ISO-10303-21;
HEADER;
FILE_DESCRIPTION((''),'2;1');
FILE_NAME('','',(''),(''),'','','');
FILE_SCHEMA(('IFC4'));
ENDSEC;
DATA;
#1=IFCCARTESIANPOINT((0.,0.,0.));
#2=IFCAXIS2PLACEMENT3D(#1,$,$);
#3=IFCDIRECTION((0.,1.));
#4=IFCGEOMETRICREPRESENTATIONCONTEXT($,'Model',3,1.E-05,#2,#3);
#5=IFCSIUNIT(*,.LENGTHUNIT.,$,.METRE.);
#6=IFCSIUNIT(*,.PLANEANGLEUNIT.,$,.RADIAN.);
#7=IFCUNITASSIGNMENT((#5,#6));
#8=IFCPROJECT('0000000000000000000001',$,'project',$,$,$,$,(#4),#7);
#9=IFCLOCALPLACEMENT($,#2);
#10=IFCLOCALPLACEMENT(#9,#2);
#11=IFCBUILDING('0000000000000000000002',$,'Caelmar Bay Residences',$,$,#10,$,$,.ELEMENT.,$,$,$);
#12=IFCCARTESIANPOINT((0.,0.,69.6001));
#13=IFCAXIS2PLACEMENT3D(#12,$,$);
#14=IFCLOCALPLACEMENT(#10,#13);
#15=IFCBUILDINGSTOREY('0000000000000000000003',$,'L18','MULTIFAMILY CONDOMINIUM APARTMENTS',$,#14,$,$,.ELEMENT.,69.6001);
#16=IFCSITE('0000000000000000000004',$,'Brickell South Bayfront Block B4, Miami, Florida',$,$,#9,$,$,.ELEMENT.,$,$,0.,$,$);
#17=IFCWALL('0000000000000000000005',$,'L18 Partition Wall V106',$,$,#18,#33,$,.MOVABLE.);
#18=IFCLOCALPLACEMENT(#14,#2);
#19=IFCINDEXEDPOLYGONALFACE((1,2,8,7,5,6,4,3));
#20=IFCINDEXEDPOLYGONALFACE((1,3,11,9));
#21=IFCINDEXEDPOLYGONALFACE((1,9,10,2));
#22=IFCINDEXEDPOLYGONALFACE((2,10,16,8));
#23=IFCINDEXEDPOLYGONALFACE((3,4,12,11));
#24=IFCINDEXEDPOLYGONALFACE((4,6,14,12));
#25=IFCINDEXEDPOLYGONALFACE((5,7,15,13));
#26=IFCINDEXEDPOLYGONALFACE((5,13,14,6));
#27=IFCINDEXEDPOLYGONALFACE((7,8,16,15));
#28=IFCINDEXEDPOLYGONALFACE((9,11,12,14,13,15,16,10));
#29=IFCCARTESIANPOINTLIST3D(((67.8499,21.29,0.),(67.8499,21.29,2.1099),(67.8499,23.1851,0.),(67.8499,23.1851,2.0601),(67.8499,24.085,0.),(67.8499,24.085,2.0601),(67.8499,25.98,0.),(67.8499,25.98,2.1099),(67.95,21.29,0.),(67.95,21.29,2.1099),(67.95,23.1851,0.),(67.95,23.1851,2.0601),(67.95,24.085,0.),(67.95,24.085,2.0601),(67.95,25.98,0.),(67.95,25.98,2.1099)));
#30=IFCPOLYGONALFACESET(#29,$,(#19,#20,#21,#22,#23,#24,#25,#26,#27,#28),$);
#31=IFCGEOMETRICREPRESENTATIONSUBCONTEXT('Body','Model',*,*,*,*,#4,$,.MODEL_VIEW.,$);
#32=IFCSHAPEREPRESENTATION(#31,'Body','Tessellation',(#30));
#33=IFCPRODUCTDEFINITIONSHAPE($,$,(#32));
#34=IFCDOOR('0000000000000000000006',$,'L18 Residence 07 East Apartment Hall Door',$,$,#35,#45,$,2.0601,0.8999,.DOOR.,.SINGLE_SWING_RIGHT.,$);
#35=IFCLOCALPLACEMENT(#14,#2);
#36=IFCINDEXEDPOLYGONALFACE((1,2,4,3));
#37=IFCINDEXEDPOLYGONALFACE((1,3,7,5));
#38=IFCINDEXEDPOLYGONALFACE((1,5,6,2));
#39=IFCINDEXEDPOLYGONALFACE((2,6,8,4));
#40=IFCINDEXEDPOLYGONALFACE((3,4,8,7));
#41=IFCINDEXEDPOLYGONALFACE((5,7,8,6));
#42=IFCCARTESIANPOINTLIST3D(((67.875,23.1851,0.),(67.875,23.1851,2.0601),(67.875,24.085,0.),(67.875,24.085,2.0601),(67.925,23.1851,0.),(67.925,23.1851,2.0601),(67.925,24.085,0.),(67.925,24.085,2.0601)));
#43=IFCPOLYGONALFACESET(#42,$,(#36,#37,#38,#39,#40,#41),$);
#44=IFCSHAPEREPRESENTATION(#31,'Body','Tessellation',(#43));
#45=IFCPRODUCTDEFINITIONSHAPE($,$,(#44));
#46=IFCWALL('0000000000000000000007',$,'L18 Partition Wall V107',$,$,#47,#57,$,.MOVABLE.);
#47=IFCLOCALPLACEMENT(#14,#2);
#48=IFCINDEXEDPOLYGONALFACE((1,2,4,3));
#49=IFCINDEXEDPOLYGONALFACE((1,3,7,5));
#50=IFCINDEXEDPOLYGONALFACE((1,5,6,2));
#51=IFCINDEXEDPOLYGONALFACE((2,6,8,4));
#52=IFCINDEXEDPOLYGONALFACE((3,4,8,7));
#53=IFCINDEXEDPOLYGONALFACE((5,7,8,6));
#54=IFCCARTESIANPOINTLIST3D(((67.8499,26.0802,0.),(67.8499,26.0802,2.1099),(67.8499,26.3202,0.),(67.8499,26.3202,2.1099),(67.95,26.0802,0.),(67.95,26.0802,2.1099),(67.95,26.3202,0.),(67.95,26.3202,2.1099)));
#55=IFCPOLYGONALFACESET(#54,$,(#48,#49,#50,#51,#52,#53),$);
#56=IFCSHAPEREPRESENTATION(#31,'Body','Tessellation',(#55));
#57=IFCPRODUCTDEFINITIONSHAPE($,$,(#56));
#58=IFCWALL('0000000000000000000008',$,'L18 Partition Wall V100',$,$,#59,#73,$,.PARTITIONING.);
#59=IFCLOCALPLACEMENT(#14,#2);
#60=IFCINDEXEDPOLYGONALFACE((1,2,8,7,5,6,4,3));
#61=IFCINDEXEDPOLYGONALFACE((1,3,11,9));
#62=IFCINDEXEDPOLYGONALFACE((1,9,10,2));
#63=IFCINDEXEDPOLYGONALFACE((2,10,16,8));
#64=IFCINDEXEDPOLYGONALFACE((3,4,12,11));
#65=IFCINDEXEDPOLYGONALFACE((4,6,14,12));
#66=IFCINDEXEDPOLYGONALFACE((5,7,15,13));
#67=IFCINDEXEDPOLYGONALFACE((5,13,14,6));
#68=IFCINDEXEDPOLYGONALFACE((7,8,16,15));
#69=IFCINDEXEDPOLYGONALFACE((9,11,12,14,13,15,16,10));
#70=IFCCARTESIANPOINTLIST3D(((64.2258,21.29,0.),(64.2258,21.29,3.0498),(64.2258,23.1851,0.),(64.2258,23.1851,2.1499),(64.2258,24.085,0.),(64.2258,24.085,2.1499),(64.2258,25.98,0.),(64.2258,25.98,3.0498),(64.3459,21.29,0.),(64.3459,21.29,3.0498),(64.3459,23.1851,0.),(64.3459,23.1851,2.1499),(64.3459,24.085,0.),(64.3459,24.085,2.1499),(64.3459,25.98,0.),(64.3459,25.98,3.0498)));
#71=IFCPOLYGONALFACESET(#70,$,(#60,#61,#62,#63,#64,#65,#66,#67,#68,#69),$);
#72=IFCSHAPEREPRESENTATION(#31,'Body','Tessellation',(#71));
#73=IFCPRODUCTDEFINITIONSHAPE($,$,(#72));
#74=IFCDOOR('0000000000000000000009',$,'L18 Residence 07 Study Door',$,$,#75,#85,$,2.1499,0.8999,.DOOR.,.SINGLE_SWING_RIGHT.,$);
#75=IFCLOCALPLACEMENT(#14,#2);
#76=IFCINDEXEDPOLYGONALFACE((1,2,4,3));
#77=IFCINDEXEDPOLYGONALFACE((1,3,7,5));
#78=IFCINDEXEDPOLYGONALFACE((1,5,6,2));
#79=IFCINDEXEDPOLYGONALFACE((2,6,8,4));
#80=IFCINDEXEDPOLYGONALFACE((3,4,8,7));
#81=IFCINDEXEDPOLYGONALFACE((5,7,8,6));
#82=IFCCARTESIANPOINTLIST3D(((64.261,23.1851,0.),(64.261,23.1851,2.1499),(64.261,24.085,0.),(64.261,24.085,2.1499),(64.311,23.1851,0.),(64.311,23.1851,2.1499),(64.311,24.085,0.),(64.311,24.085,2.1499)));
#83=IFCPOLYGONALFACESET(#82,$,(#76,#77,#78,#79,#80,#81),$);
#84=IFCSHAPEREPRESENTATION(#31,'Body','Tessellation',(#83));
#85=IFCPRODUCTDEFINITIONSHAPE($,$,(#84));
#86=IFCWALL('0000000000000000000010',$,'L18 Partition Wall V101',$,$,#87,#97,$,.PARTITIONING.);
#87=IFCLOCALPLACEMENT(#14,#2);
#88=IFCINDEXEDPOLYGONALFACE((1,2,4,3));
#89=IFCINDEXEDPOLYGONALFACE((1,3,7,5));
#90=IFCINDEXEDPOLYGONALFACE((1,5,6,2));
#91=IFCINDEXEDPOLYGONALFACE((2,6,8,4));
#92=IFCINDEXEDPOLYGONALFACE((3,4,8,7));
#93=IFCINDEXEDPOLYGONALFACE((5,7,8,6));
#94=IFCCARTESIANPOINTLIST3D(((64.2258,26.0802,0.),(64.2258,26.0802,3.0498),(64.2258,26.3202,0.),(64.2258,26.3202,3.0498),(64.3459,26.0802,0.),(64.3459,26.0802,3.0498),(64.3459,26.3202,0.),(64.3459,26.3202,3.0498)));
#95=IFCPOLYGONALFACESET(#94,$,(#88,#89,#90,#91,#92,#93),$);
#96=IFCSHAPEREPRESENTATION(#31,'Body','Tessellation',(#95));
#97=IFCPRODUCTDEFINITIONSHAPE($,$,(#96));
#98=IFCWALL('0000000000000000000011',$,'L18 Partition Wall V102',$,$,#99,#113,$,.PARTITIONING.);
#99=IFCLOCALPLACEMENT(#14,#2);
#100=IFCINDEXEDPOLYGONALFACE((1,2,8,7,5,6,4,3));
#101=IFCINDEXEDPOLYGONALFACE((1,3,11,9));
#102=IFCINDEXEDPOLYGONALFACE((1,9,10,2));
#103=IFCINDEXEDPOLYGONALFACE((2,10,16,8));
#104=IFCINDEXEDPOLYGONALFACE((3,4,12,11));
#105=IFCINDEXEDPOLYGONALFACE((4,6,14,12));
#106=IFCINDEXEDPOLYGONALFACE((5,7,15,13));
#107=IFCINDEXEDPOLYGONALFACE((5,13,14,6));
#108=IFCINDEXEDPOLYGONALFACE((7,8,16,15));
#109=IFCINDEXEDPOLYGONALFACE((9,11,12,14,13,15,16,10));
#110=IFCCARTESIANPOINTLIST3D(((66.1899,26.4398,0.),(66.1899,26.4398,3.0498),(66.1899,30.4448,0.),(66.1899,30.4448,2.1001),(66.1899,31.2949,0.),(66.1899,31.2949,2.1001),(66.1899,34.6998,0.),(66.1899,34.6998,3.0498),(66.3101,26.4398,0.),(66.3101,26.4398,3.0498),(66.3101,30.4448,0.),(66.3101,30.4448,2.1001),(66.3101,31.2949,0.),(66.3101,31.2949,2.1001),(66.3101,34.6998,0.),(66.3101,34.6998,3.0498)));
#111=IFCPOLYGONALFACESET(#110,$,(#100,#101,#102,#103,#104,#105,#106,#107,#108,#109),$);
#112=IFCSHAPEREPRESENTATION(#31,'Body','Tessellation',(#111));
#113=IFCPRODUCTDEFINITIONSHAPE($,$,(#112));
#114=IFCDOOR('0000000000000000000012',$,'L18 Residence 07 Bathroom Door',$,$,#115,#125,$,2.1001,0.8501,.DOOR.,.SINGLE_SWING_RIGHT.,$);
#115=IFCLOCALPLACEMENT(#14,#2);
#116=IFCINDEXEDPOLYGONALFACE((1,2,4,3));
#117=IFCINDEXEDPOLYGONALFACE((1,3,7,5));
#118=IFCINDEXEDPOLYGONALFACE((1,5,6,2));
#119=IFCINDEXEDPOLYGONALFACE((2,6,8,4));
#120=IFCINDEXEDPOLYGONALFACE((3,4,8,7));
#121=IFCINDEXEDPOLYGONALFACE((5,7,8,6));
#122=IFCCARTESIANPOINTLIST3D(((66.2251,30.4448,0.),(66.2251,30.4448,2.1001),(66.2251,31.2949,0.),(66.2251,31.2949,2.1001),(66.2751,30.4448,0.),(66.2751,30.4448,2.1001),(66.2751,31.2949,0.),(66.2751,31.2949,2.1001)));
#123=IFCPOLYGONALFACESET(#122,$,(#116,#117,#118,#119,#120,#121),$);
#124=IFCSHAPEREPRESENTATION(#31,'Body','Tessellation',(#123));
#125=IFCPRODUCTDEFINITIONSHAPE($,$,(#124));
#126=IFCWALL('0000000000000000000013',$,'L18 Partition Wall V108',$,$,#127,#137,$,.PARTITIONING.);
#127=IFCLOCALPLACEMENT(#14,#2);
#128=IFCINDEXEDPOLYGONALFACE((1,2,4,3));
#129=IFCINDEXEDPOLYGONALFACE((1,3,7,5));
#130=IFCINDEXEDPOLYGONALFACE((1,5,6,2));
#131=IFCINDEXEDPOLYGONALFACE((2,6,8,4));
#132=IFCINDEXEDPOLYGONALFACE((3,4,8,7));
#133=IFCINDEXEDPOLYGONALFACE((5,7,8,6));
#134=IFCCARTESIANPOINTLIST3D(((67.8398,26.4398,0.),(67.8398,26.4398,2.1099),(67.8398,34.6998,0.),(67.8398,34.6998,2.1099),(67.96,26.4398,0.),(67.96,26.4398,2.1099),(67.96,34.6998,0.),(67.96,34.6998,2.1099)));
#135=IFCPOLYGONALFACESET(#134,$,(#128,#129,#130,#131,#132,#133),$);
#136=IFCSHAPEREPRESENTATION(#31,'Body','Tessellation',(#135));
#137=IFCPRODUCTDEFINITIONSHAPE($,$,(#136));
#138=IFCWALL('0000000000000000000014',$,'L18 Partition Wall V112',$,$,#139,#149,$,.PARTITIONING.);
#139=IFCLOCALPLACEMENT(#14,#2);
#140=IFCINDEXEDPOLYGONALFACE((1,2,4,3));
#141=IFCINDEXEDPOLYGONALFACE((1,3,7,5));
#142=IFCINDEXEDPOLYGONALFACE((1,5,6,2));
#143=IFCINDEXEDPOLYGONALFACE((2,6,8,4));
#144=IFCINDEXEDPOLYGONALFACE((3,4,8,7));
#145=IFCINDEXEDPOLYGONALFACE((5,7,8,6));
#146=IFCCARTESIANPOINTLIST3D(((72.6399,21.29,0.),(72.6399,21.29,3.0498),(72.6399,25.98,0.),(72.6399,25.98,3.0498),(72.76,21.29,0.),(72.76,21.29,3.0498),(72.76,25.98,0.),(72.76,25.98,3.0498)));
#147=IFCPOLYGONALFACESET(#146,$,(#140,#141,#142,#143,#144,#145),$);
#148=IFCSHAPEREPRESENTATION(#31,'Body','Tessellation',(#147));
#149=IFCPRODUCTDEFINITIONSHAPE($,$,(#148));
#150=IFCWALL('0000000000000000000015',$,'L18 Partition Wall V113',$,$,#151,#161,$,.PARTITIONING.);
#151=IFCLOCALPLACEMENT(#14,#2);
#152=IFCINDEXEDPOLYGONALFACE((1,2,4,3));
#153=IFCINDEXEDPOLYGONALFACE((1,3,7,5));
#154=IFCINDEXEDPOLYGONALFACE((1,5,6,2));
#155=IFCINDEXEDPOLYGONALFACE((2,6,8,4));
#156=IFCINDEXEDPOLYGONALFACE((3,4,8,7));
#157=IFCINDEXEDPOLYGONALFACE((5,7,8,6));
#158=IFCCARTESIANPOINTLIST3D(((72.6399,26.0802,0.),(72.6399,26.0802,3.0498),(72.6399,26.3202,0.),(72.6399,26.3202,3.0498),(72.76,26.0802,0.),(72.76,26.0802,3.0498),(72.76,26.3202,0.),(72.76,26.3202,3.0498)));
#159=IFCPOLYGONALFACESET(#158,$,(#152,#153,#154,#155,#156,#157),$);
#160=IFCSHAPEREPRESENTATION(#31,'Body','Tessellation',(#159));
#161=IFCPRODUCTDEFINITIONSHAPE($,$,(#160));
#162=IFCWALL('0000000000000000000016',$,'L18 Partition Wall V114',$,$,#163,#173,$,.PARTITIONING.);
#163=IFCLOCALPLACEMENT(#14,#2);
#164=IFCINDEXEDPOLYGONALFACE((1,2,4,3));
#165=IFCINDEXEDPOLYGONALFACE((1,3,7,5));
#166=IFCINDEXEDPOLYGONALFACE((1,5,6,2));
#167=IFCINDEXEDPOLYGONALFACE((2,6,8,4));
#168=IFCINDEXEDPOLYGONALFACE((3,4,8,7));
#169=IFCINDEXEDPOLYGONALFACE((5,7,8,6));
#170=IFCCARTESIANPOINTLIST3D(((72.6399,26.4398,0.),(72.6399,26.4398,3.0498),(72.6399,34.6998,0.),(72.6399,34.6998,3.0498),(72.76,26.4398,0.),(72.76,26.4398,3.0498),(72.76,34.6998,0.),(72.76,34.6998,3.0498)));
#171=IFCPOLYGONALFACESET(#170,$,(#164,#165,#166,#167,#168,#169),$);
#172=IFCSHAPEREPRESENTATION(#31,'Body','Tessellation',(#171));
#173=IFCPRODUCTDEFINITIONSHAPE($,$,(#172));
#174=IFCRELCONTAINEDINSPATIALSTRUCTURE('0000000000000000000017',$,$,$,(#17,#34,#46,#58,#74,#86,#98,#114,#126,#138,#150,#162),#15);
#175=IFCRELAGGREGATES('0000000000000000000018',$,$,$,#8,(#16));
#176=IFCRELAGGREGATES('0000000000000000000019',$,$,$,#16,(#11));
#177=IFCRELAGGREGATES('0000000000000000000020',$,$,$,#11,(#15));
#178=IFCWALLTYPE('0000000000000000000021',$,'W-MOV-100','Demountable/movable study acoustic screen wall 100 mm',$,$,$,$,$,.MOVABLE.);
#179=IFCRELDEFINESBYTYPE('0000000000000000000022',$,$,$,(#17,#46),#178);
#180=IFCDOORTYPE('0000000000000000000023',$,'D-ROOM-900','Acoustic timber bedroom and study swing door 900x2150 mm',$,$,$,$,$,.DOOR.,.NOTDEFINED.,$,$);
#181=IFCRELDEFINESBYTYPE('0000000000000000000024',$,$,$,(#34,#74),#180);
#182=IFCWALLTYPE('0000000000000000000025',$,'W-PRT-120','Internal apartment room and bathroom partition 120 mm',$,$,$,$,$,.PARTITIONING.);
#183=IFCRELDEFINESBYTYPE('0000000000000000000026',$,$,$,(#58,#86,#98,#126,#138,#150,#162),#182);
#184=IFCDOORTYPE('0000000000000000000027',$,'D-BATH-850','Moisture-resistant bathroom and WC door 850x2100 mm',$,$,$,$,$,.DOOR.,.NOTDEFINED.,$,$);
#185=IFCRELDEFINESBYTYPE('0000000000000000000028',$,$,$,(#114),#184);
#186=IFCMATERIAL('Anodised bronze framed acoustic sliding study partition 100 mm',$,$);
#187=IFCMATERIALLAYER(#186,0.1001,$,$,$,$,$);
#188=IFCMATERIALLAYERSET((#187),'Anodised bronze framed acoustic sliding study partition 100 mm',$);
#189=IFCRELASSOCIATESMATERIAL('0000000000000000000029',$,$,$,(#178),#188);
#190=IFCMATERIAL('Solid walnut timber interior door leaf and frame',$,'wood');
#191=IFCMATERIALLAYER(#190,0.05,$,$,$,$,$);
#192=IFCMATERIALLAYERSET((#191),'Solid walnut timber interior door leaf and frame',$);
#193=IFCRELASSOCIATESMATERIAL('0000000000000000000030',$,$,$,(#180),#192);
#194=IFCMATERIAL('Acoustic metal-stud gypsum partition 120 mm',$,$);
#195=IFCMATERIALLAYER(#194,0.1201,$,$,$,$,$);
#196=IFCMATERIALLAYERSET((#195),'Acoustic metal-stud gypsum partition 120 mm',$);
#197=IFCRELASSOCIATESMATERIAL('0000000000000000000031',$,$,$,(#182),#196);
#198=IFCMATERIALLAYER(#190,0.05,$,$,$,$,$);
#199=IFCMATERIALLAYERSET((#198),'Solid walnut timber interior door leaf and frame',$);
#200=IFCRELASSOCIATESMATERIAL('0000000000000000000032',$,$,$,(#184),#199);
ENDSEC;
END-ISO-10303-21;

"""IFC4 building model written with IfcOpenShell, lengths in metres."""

from ifc_helpers import new_model, si_unit, direction, frame, frame_2d, origin, place, context, subcontext, project, spatial, rectangle, extrude, material, layer, layer_set, type_object, element, fill, save


model = new_model("IFC4")

# Units and contexts
model_context = context("Model", 3, precision=1e-05, world=origin(), true_north=direction((0.0, 1.0)))
body_context = subcontext(model_context, "Body", "Model", "MODEL_VIEW")
ifc_project = project(units=[si_unit("LENGTHUNIT", "METRE"), si_unit("PLANEANGLEUNIT", "RADIAN")], contexts=[model_context])

# Site, building, storey
site_placement = place(None, origin())
site = spatial("IfcSite", under=ifc_project, at=site_placement, Name="Brickell South Bayfront Block B4, Miami, Florida", CompositionType="ELEMENT", RefElevation=0.0)
building_placement = place(site_placement, origin())
building = spatial("IfcBuilding", under=site, at=building_placement, Name="Caelmar Bay Residences", CompositionType="ELEMENT")
storey_placement = place(building_placement, frame((0.0, 0.0, 69.6001)))
storey = spatial("IfcBuildingStorey", under=building, at=storey_placement, Name="L18", Description="MULTIFAMILY CONDOMINIUM APARTMENTS", CompositionType="ELEMENT", Elevation=69.6001)

# Wall, opening, door
ifc_material_1 = material(Name="Anodised bronze framed acoustic sliding study partition 100 mm")
ifc_layer_1 = layer(ifc_material_1, 0.1001)
ifc_layer_set_1 = layer_set([ifc_layer_1], Name="Anodised bronze framed acoustic sliding study partition 100 mm")
wall_type_1 = type_object("IfcWallType", Name="W-MOV-100", Description="Demountable/movable study acoustic screen wall 100 mm", PredefinedType="MOVABLE", material=ifc_layer_set_1)
wall_1_placement = place(storey_placement, frame((67.8999, 21.29, 0.0), z_axis=(0.0, 0.0, 1.0), x_axis=(0.0, 1.0, 0.0)))
wall_1 = element("IfcWall", 1, at=wall_1_placement, inside=storey, type_object=wall_type_1, Name="L18 Partition Wall V106", PredefinedType="MOVABLE", context=body_context, shape_type="SweptSolid", body=[
    extrude(rectangle(XDim=4.6899, YDim=0.1001, at=frame_2d((2.345, 0.0))), origin(), (0.0, 0.0, 1.0), 2.1099),
])
opening_1_placement = place(wall_1_placement, frame((1.895, 0.0, 0.0)))
opening_1 = element("IfcOpeningElement", 2, at=opening_1_placement, cuts=wall_1, PredefinedType="OPENING", context=body_context, shape_type="SweptSolid", body=[
    extrude(rectangle(XDim=0.8999, YDim=2.0601, at=frame_2d((0.45, 1.03))), frame((0.0, 0.0601, 0.0), z_axis=(0.0, -1.0, 0.0), x_axis=(1.0, 0.0, 0.0)), (0.0, 0.0, 1.0), 0.1201),
])
ifc_material_2 = material(Name="Solid walnut timber interior door leaf and frame", Category="wood")
ifc_layer_2 = layer(ifc_material_2, 0.05)
ifc_layer_set_2 = layer_set([ifc_layer_2], Name="Solid walnut timber interior door leaf and frame")
door_type_1 = type_object("IfcDoorType", Name="D-ROOM-900", Description="Acoustic timber bedroom and study swing door 900x2150 mm", OperationType="NOTDEFINED", PredefinedType="DOOR", material=ifc_layer_set_2)
door_1_placement = place(opening_1_placement, origin())
door_1 = element("IfcDoor", 3, at=door_1_placement, inside=storey, type_object=door_type_1, Name="L18 Residence 07 East Apartment Hall Door", OperationType="SINGLE_SWING_RIGHT", OverallHeight=2.0601, OverallWidth=0.8999, PredefinedType="DOOR", context=body_context, shape_type="SweptSolid", body=[
    extrude(rectangle(XDim=0.8999, YDim=2.0601, at=frame_2d((0.45, 1.03))), frame((0.0, 0.0249, 0.0), z_axis=(0.0, -1.0, 0.0), x_axis=(1.0, 0.0, 0.0)), (0.0, 0.0, 1.0), 0.05),
])
fill(opening_1, door_1)

# Wall
wall_2_placement = place(storey_placement, frame((67.8999, 26.0801, 0.0), z_axis=(0.0, 0.0, 1.0), x_axis=(0.0, 1.0, 0.0)))
element("IfcWall", 4, at=wall_2_placement, inside=storey, type_object=wall_type_1, Name="L18 Partition Wall V107", PredefinedType="MOVABLE", context=body_context, shape_type="SweptSolid", body=[
    extrude(rectangle(XDim=0.24, YDim=0.1001, at=frame_2d((0.1201, 0.0))), origin(), (0.0, 0.0, 1.0), 2.1099),
])

# Wall, opening, door
ifc_material_3 = material(Name="Acoustic metal-stud gypsum partition 120 mm")
ifc_layer_3 = layer(ifc_material_3, 0.1201)
ifc_layer_set_3 = layer_set([ifc_layer_3], Name="Acoustic metal-stud gypsum partition 120 mm")
wall_type_2 = type_object("IfcWallType", Name="W-PRT-120", Description="Internal apartment room and bathroom partition 120 mm", PredefinedType="PARTITIONING", material=ifc_layer_set_3)
wall_3_placement = place(storey_placement, frame((64.2859, 21.29, 0.0), z_axis=(0.0, 0.0, 1.0), x_axis=(0.0, 1.0, 0.0)))
wall_3 = element("IfcWall", 5, at=wall_3_placement, inside=storey, type_object=wall_type_2, Name="L18 Partition Wall V100", PredefinedType="PARTITIONING", context=body_context, shape_type="SweptSolid", body=[
    extrude(rectangle(XDim=4.6899, YDim=0.1201, at=frame_2d((2.345, 0.0))), origin(), (0.0, 0.0, 1.0), 3.0498),
])
opening_2_placement = place(wall_3_placement, frame((1.895, 0.0, 0.0)))
opening_2 = element("IfcOpeningElement", 6, at=opening_2_placement, cuts=wall_3, PredefinedType="OPENING", context=body_context, shape_type="SweptSolid", body=[
    extrude(rectangle(XDim=0.8999, YDim=2.1499, at=frame_2d((0.45, 1.075))), frame((0.0, 0.0701, 0.0), z_axis=(0.0, -1.0, 0.0), x_axis=(1.0, 0.0, 0.0)), (0.0, 0.0, 1.0), 0.1401),
])
door_2_placement = place(opening_2_placement, origin())
door_2 = element("IfcDoor", 7, at=door_2_placement, inside=storey, type_object=door_type_1, Name="L18 Residence 07 Study Door", OperationType="SINGLE_SWING_RIGHT", OverallHeight=2.1499, OverallWidth=0.8999, PredefinedType="DOOR", context=body_context, shape_type="SweptSolid", body=[
    extrude(rectangle(XDim=0.8999, YDim=2.1499, at=frame_2d((0.45, 1.075))), frame((0.0, 0.0249, 0.0), z_axis=(0.0, -1.0, 0.0), x_axis=(1.0, 0.0, 0.0)), (0.0, 0.0, 1.0), 0.05),
])
fill(opening_2, door_2)

# Wall
wall_4_placement = place(storey_placement, frame((64.2859, 26.0801, 0.0), z_axis=(0.0, 0.0, 1.0), x_axis=(0.0, 1.0, 0.0)))
element("IfcWall", 8, at=wall_4_placement, inside=storey, type_object=wall_type_2, Name="L18 Partition Wall V101", PredefinedType="PARTITIONING", context=body_context, shape_type="SweptSolid", body=[
    extrude(rectangle(XDim=0.24, YDim=0.1201, at=frame_2d((0.1201, 0.0))), origin(), (0.0, 0.0, 1.0), 3.0498),
])

# Wall, opening, door
wall_5_placement = place(storey_placement, frame((66.25, 26.4399, 0.0), z_axis=(0.0, 0.0, 1.0), x_axis=(0.0, 1.0, 0.0)))
wall_5 = element("IfcWall", 9, at=wall_5_placement, inside=storey, type_object=wall_type_2, Name="L18 Partition Wall V102", PredefinedType="PARTITIONING", context=body_context, shape_type="SweptSolid", body=[
    extrude(rectangle(XDim=8.26, YDim=0.1201, at=frame_2d((4.1299, 0.0))), origin(), (0.0, 0.0, 1.0), 3.0498),
])
opening_3_placement = place(wall_5_placement, frame((4.0049, 0.0, 0.0)))
opening_3 = element("IfcOpeningElement", 10, at=opening_3_placement, cuts=wall_5, PredefinedType="OPENING", context=body_context, shape_type="SweptSolid", body=[
    extrude(rectangle(XDim=0.8501, YDim=2.1001, at=frame_2d((0.425, 1.05))), frame((0.0, 0.0701, 0.0), z_axis=(0.0, -1.0, 0.0), x_axis=(1.0, 0.0, 0.0)), (0.0, 0.0, 1.0), 0.1401),
])
ifc_layer_4 = layer(ifc_material_2, 0.05)
ifc_layer_set_4 = layer_set([ifc_layer_4], Name="Solid walnut timber interior door leaf and frame")
door_type_2 = type_object("IfcDoorType", Name="D-BATH-850", Description="Moisture-resistant bathroom and WC door 850x2100 mm", OperationType="NOTDEFINED", PredefinedType="DOOR", material=ifc_layer_set_4)
door_3_placement = place(opening_3_placement, origin())
door_3 = element("IfcDoor", 11, at=door_3_placement, inside=storey, type_object=door_type_2, Name="L18 Residence 07 Bathroom Door", OperationType="SINGLE_SWING_RIGHT", OverallHeight=2.1001, OverallWidth=0.8501, PredefinedType="DOOR", context=body_context, shape_type="SweptSolid", body=[
    extrude(rectangle(XDim=0.8501, YDim=2.1001, at=frame_2d((0.425, 1.05))), frame((0.0, 0.0249, 0.0), z_axis=(0.0, -1.0, 0.0), x_axis=(1.0, 0.0, 0.0)), (0.0, 0.0, 1.0), 0.05),
])
fill(opening_3, door_3)

# Walls
wall_6_placement = place(storey_placement, frame((67.8999, 26.4399, 0.0), z_axis=(0.0, 0.0, 1.0), x_axis=(0.0, 1.0, 0.0)))
element("IfcWall", 12, at=wall_6_placement, inside=storey, type_object=wall_type_2, Name="L18 Partition Wall V108", PredefinedType="PARTITIONING", context=body_context, shape_type="SweptSolid", body=[
    extrude(rectangle(XDim=8.26, YDim=0.1201, at=frame_2d((4.1299, 0.0))), origin(), (0.0, 0.0, 1.0), 2.1099),
])
wall_7_placement = place(storey_placement, frame((72.7, 21.29, 0.0), z_axis=(0.0, 0.0, 1.0), x_axis=(0.0, 1.0, 0.0)))
element("IfcWall", 13, at=wall_7_placement, inside=storey, type_object=wall_type_2, Name="L18 Partition Wall V112", PredefinedType="PARTITIONING", context=body_context, shape_type="SweptSolid", body=[
    extrude(rectangle(XDim=4.6899, YDim=0.1201, at=frame_2d((2.345, 0.0))), origin(), (0.0, 0.0, 1.0), 3.0498),
])
wall_8_placement = place(storey_placement, frame((72.7, 26.0801, 0.0), z_axis=(0.0, 0.0, 1.0), x_axis=(0.0, 1.0, 0.0)))
element("IfcWall", 14, at=wall_8_placement, inside=storey, type_object=wall_type_2, Name="L18 Partition Wall V113", PredefinedType="PARTITIONING", context=body_context, shape_type="SweptSolid", body=[
    extrude(rectangle(XDim=0.24, YDim=0.1201, at=frame_2d((0.1201, 0.0))), origin(), (0.0, 0.0, 1.0), 3.0498),
])
wall_9_placement = place(storey_placement, frame((72.7, 26.4399, 0.0), z_axis=(0.0, 0.0, 1.0), x_axis=(0.0, 1.0, 0.0)))
element("IfcWall", 15, at=wall_9_placement, inside=storey, type_object=wall_type_2, Name="L18 Partition Wall V114", PredefinedType="PARTITIONING", context=body_context, shape_type="SweptSolid", body=[
    extrude(rectangle(XDim=8.26, YDim=0.1201, at=frame_2d((4.1299, 0.0))), origin(), (0.0, 0.0, 1.0), 3.0498),
])

save(model, "model.ifc")
